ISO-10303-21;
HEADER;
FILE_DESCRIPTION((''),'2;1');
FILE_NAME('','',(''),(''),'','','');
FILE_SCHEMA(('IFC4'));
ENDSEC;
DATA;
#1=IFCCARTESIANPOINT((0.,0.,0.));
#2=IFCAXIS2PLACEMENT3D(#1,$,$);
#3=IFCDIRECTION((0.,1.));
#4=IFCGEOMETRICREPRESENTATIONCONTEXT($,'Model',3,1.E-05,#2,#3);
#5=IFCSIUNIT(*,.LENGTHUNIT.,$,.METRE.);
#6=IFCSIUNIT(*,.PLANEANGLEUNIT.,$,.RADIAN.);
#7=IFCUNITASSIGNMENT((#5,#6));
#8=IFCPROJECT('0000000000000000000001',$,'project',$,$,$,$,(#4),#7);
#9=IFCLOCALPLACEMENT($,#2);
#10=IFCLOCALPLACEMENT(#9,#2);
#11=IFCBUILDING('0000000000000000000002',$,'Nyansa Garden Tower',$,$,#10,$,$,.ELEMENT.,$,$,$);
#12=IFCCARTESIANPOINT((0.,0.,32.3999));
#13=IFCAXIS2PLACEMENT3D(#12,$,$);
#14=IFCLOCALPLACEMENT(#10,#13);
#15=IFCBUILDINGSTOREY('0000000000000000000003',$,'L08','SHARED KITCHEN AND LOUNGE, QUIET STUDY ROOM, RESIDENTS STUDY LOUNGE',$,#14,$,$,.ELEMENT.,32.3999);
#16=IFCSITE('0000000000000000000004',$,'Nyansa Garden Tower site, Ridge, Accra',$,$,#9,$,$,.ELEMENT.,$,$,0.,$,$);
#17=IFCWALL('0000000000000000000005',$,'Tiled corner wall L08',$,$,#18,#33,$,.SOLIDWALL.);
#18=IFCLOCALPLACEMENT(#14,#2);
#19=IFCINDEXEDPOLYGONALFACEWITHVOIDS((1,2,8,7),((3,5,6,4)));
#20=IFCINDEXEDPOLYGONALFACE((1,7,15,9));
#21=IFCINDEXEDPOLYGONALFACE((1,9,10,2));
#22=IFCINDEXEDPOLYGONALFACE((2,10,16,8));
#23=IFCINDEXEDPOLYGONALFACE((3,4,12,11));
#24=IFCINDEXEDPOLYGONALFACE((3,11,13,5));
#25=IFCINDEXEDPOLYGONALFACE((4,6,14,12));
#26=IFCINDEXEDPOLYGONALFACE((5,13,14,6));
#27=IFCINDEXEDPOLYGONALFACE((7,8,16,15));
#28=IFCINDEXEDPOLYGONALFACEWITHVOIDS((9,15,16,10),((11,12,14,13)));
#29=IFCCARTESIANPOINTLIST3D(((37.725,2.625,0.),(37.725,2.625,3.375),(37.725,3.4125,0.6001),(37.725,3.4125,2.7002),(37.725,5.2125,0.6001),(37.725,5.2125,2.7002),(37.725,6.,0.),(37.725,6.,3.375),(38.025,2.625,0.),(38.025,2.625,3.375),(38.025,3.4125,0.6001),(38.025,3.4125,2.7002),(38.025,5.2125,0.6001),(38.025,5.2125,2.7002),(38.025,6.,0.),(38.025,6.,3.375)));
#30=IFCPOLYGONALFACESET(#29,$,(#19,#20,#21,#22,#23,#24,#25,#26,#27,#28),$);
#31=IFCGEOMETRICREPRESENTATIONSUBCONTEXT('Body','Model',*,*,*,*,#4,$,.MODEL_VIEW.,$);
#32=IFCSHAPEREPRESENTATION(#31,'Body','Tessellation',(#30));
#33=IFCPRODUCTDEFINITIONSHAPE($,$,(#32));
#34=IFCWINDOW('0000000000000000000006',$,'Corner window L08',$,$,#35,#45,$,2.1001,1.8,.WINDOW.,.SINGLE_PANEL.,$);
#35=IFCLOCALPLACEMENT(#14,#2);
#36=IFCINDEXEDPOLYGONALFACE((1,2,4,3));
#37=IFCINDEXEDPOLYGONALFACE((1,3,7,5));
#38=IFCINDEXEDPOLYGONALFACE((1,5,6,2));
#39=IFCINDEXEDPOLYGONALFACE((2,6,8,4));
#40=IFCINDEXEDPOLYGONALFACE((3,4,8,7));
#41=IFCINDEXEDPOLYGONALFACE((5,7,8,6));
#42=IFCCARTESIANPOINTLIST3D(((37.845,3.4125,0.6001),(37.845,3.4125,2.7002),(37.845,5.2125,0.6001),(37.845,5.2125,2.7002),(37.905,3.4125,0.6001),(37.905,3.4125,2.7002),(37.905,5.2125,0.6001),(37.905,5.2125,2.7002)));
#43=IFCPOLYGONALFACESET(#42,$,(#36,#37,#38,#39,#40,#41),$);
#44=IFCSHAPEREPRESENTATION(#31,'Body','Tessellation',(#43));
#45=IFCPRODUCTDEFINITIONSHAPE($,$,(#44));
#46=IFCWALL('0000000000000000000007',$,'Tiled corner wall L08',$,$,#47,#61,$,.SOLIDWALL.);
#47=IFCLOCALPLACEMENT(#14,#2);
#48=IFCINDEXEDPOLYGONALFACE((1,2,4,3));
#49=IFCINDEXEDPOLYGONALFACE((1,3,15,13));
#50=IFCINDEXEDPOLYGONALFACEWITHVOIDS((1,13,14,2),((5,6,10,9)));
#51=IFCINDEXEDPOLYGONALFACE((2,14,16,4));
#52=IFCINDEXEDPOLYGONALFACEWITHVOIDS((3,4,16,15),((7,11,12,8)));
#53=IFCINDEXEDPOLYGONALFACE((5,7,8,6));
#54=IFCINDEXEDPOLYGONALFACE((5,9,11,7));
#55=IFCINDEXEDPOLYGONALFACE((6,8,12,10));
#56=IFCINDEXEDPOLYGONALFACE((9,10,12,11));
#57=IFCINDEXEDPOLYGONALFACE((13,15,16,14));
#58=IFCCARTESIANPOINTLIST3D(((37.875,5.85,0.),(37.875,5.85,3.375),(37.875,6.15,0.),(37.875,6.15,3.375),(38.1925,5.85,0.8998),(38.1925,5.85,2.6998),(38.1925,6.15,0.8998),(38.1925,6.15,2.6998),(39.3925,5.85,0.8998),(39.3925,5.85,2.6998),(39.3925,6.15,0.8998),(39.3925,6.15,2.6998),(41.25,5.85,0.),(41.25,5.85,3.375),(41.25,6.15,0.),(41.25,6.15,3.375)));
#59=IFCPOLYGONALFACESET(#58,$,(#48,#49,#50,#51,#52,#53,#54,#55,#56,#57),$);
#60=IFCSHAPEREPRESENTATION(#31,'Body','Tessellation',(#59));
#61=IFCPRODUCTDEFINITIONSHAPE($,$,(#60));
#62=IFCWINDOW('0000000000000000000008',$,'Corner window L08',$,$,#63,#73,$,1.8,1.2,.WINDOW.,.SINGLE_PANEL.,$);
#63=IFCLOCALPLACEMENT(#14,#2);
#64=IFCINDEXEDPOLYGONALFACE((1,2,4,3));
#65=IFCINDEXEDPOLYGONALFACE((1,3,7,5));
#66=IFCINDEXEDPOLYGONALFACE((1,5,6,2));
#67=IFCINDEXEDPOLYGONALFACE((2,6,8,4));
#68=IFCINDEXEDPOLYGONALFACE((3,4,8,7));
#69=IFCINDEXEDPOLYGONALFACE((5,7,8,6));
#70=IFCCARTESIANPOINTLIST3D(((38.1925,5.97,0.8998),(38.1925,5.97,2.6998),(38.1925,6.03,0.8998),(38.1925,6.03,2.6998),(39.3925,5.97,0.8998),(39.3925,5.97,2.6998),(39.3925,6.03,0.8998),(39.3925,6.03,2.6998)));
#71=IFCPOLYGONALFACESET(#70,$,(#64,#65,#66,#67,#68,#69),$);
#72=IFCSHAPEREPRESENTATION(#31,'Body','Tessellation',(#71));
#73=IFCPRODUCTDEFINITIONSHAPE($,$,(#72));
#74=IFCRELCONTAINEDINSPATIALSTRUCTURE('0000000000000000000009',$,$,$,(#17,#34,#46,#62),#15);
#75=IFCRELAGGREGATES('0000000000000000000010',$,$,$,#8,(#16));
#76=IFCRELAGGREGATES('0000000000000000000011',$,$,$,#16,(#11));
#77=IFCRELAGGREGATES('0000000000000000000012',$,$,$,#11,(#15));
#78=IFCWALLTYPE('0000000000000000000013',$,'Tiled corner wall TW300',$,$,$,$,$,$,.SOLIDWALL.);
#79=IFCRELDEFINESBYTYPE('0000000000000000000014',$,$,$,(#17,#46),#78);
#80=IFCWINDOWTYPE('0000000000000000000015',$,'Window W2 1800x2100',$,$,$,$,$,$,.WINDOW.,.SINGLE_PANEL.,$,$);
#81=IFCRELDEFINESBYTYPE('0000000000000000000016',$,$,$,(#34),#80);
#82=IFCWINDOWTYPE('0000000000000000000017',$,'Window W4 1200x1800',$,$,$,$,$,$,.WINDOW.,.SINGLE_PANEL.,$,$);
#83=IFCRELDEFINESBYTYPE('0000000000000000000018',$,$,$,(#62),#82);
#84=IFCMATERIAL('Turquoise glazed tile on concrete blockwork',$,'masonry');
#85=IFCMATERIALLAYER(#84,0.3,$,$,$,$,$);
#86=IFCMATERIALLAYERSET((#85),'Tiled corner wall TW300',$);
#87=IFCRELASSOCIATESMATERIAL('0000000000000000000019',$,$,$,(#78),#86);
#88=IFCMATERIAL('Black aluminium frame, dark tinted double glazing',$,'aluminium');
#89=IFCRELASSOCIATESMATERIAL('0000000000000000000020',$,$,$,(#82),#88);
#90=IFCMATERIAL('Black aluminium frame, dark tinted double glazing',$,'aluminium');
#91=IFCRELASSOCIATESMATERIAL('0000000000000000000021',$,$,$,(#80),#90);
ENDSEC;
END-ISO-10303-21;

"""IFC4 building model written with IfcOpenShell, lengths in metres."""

from ifc_helpers import new_model, si_unit, direction, frame, frame_2d, origin, place, context, subcontext, project, spatial, rectangle, extrude, material, layer, layer_set, type_object, element, fill, save


model = new_model("IFC4")

# Units and contexts
model_context = context("Model", 3, precision=1e-05, world=origin(), true_north=direction((0.0, 1.0)))
body_context = subcontext(model_context, "Body", "Model", "MODEL_VIEW")
ifc_project = project(units=[si_unit("LENGTHUNIT", "METRE"), si_unit("PLANEANGLEUNIT", "RADIAN")], contexts=[model_context])

# Site, building, storey
site_placement = place(None, origin())
site = spatial("IfcSite", under=ifc_project, at=site_placement, Name="Nyansa Garden Tower site, Ridge, Accra", CompositionType="ELEMENT", RefElevation=0.0)
building_placement = place(site_placement, origin())
building = spatial("IfcBuilding", under=site, at=building_placement, Name="Nyansa Garden Tower", CompositionType="ELEMENT")
storey_placement = place(building_placement, frame((0.0, 0.0, 32.3999)))
storey = spatial("IfcBuildingStorey", under=building, at=storey_placement, Name="L08", Description="SHARED KITCHEN AND LOUNGE, QUIET STUDY ROOM, RESIDENTS STUDY LOUNGE", CompositionType="ELEMENT", Elevation=32.3999)

# Walls, openings, windows
ifc_material_1 = material(Name="Turquoise glazed tile on concrete blockwork", Category="masonry")
ifc_layer_1 = layer(ifc_material_1, 0.3)
ifc_layer_set_1 = layer_set([ifc_layer_1], Name="Tiled corner wall TW300")
wall_type = type_object("IfcWallType", Name="Tiled corner wall TW300", PredefinedType="SOLIDWALL", material=ifc_layer_set_1)
ifc_material_2 = material(Name="Black aluminium frame, dark tinted double glazing", Category="aluminium")
window_type_1 = type_object("IfcWindowType", Name="Window W4 1200x1800", PartitioningType="SINGLE_PANEL", PredefinedType="WINDOW", material=ifc_material_2)
ifc_material_3 = material(Name="Black aluminium frame, dark tinted double glazing", Category="aluminium")
window_type_2 = type_object("IfcWindowType", Name="Window W2 1800x2100", PartitioningType="SINGLE_PANEL", PredefinedType="WINDOW", material=ifc_material_3)
wall_1_placement = place(storey_placement, frame((37.875, 2.625, 0.0), z_axis=(0.0, 0.0, 1.0), x_axis=(0.0, 1.0, 0.0)))
wall_1 = element("IfcWall", 1, at=wall_1_placement, inside=storey, type_object=wall_type, Name="Tiled corner wall L08", PredefinedType="SOLIDWALL", context=body_context, shape_type="SweptSolid", body=[
    extrude(rectangle(XDim=3.375, YDim=0.3, at=frame_2d((1.6875, 0.0))), origin(), (0.0, 0.0, 1.0), 3.375),
])
opening_1_placement = place(wall_1_placement, frame((0.7876, 0.0, 0.6001)))
opening_1 = element("IfcOpeningElement", 2, at=opening_1_placement, cuts=wall_1, PredefinedType="OPENING", context=body_context, shape_type="SweptSolid", body=[
    extrude(rectangle(XDim=1.8, YDim=2.1001, at=frame_2d((0.8999, 1.05))), frame((0.0, 0.1599, 0.0), z_axis=(0.0, -1.0, 0.0), x_axis=(1.0, 0.0, 0.0)), (0.0, 0.0, 1.0), 0.3201),
])
window_1_placement = place(opening_1_placement, origin())
window_1 = element("IfcWindow", 3, at=window_1_placement, inside=storey, type_object=window_type_2, Name="Corner window L08", OverallHeight=2.1001, OverallWidth=1.8, PartitioningType="SINGLE_PANEL", PredefinedType="WINDOW", context=body_context, shape_type="SweptSolid", body=[
    extrude(rectangle(XDim=1.8, YDim=2.1001, at=frame_2d((0.8999, 1.05))), frame((0.0, 0.03, 0.0), z_axis=(0.0, -1.0, 0.0), x_axis=(1.0, 0.0, 0.0)), (0.0, 0.0, 1.0), 0.0601),
])
fill(opening_1, window_1)
wall_2_placement = place(storey_placement, frame((37.875, 6.0, 0.0), z_axis=(0.0, 0.0, 1.0), x_axis=(1.0, 0.0, 0.0)))
wall_2 = element("IfcWall", 4, at=wall_2_placement, inside=storey, type_object=wall_type, Name="Tiled corner wall L08", PredefinedType="SOLIDWALL", context=body_context, shape_type="SweptSolid", body=[
    extrude(rectangle(XDim=3.375, YDim=0.3, at=frame_2d((1.6875, 0.0))), origin(), (0.0, 0.0, 1.0), 3.375),
])
opening_2_placement = place(wall_2_placement, frame((0.3174, 0.0, 0.8999)))
opening_2 = element("IfcOpeningElement", 5, at=opening_2_placement, cuts=wall_2, PredefinedType="OPENING", context=body_context, shape_type="SweptSolid", body=[
    extrude(rectangle(XDim=1.2, YDim=1.8, at=frame_2d((0.6001, 0.8999))), frame((0.0, 0.1599, 0.0), z_axis=(0.0, -1.0, 0.0), x_axis=(1.0, 0.0, 0.0)), (0.0, 0.0, 1.0), 0.3201),
])
window_2_placement = place(opening_2_placement, origin())
window_2 = element("IfcWindow", 6, at=window_2_placement, inside=storey, type_object=window_type_1, Name="Corner window L08", OverallHeight=1.8, OverallWidth=1.2, PartitioningType="SINGLE_PANEL", PredefinedType="WINDOW", context=body_context, shape_type="SweptSolid", body=[
    extrude(rectangle(XDim=1.2, YDim=1.8, at=frame_2d((0.6001, 0.8999))), frame((0.0, 0.03, 0.0), z_axis=(0.0, -1.0, 0.0), x_axis=(1.0, 0.0, 0.0)), (0.0, 0.0, 1.0), 0.0601),
])
fill(opening_2, window_2)

save(model, "model.ifc")
